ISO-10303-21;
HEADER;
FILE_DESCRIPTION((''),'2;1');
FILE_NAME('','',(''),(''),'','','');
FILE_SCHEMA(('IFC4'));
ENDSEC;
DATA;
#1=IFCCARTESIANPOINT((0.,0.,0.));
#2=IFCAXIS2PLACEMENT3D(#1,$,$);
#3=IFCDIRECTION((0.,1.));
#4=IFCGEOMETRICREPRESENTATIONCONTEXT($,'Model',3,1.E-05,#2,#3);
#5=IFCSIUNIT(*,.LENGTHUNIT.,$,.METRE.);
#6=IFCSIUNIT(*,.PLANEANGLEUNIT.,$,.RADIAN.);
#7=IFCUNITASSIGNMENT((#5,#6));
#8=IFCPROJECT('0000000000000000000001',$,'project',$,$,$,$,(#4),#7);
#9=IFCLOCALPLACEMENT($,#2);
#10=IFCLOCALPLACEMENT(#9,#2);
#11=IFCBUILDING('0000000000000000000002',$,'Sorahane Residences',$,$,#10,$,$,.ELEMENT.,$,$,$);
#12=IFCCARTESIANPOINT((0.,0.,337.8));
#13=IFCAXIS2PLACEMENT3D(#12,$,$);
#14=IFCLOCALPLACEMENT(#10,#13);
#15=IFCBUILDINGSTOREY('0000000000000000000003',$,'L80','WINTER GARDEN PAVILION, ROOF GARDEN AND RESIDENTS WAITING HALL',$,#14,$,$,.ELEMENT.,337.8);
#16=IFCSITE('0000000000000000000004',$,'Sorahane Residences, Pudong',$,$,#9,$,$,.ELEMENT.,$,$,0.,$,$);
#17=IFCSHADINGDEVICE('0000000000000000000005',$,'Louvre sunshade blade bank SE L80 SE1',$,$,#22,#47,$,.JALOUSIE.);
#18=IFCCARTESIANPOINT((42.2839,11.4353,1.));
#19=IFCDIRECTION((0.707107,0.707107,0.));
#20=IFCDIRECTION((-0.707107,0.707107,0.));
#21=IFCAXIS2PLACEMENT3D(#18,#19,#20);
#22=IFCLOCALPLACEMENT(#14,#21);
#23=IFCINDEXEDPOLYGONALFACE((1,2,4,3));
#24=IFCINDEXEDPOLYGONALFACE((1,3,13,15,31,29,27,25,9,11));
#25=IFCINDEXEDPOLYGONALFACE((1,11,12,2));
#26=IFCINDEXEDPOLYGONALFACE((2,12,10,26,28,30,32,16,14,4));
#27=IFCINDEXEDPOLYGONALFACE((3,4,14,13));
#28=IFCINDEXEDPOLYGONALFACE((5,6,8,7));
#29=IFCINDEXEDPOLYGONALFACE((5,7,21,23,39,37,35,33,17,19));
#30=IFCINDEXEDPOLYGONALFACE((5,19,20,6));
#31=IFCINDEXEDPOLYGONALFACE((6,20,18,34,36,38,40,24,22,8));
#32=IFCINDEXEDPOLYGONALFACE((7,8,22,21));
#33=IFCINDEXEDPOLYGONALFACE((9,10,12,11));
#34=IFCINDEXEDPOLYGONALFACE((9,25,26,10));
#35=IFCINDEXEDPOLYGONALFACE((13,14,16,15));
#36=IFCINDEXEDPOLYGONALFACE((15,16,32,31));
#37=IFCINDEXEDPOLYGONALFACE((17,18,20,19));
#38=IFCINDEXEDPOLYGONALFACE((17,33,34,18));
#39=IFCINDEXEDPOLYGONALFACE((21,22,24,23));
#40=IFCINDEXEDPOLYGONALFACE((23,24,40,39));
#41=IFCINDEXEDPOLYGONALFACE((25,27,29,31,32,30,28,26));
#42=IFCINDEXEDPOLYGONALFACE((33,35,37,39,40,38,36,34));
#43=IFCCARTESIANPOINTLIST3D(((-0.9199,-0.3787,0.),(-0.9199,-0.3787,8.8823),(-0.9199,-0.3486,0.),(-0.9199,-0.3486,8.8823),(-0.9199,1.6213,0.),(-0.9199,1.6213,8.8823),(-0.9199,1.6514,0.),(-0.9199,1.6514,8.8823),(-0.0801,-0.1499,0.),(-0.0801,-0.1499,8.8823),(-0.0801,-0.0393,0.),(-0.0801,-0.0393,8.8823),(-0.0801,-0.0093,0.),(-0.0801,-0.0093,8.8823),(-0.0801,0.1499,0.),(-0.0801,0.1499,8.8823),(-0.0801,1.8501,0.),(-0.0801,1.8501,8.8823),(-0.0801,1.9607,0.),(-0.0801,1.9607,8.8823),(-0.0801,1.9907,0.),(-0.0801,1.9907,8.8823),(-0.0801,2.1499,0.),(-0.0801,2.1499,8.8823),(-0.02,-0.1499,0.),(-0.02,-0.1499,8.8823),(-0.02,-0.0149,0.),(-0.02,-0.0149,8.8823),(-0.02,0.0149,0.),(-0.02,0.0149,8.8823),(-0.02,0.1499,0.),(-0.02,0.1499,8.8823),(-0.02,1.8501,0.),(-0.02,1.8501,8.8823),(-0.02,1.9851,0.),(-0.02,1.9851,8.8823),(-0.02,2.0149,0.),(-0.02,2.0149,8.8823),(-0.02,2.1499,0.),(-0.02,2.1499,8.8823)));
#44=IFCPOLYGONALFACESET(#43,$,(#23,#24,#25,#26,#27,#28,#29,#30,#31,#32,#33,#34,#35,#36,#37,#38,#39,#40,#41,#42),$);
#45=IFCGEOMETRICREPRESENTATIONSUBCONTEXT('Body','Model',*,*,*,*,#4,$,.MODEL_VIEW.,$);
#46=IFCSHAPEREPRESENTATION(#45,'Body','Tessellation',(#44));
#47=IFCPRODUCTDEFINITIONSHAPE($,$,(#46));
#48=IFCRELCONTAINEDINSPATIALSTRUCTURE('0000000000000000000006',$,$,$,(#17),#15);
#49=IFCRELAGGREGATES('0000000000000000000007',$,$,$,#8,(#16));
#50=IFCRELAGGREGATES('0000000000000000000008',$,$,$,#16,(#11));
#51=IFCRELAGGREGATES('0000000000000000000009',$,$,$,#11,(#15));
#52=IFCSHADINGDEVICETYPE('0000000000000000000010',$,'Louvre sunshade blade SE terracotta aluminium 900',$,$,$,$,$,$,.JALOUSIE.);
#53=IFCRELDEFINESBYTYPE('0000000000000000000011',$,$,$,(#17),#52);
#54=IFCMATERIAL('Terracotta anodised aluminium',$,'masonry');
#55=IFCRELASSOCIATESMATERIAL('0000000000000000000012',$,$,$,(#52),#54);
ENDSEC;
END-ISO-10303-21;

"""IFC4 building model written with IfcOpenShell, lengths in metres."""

from ifc_helpers import new_model, si_unit, direction, frame, origin, place, context, subcontext, project, spatial, polyline, outline, composite_profile, extrude, material, type_object, element, save


model = new_model("IFC4")

# Units and contexts
model_context = context("Model", 3, precision=1e-05, world=origin(), true_north=direction((0.0, 1.0)))
body_context = subcontext(model_context, "Body", "Model", "MODEL_VIEW")
ifc_project = project(units=[si_unit("LENGTHUNIT", "METRE"), si_unit("PLANEANGLEUNIT", "RADIAN")], contexts=[model_context])

# Site, building, storey
site_placement = place(None, origin())
site = spatial("IfcSite", under=ifc_project, at=site_placement, Name="Sorahane Residences, Pudong", CompositionType="ELEMENT", RefElevation=0.0)
building_placement = place(site_placement, origin())
building = spatial("IfcBuilding", under=site, at=building_placement, Name="Sorahane Residences", CompositionType="ELEMENT")
storey_placement = place(building_placement, frame((0.0, 0.0, 337.8)))
storey = spatial("IfcBuildingStorey", under=building, at=storey_placement, Name="L80", Description="WINTER GARDEN PAVILION, ROOF GARDEN AND RESIDENTS WAITING HALL", CompositionType="ELEMENT", Elevation=337.8)

# Shading device
ifc_material_1 = material(Name="Terracotta anodised aluminium", Category="masonry")
shading_device_type = type_object("IfcShadingDeviceType", Name="Louvre sunshade blade SE terracotta aluminium 900", PredefinedType="JALOUSIE", material=ifc_material_1)
shading_device_placement = place(storey_placement, frame((42.2839, 11.4353, 1.0), z_axis=(0.707107, 0.707107, 0.0), x_axis=(-0.707107, 0.707107, 0.0)))
element("IfcShadingDevice", 1, at=shading_device_placement, inside=storey, type_object=shading_device_type, Name="Louvre sunshade blade bank SE L80 SE1", PredefinedType="JALOUSIE", context=body_context, shape_type="SweptSolid", body=[
    extrude(composite_profile([outline(polyline([(-0.9199, -0.3486), (-0.9199, -0.3787), (-0.0801, -0.0393), (-0.0801, -0.1499), (-0.02, -0.1499), (-0.02, -0.0149), (-0.02, 0.0149), (-0.02, 0.1499), (-0.0801, 0.1499), (-0.0801, -0.0093), (-0.9199, -0.3486)])), outline(polyline([(-0.9199, 1.6514), (-0.9199, 1.6213), (-0.0801, 1.9607), (-0.0801, 1.8501), (-0.02, 1.8501), (-0.02, 1.9851), (-0.02, 2.0149), (-0.02, 2.1499), (-0.0801, 2.1499), (-0.0801, 1.9907), (-0.9199, 1.6514)]))]), origin(), (0.0, 0.0, 1.0), 8.8823),
])

save(model, "model.ifc")
